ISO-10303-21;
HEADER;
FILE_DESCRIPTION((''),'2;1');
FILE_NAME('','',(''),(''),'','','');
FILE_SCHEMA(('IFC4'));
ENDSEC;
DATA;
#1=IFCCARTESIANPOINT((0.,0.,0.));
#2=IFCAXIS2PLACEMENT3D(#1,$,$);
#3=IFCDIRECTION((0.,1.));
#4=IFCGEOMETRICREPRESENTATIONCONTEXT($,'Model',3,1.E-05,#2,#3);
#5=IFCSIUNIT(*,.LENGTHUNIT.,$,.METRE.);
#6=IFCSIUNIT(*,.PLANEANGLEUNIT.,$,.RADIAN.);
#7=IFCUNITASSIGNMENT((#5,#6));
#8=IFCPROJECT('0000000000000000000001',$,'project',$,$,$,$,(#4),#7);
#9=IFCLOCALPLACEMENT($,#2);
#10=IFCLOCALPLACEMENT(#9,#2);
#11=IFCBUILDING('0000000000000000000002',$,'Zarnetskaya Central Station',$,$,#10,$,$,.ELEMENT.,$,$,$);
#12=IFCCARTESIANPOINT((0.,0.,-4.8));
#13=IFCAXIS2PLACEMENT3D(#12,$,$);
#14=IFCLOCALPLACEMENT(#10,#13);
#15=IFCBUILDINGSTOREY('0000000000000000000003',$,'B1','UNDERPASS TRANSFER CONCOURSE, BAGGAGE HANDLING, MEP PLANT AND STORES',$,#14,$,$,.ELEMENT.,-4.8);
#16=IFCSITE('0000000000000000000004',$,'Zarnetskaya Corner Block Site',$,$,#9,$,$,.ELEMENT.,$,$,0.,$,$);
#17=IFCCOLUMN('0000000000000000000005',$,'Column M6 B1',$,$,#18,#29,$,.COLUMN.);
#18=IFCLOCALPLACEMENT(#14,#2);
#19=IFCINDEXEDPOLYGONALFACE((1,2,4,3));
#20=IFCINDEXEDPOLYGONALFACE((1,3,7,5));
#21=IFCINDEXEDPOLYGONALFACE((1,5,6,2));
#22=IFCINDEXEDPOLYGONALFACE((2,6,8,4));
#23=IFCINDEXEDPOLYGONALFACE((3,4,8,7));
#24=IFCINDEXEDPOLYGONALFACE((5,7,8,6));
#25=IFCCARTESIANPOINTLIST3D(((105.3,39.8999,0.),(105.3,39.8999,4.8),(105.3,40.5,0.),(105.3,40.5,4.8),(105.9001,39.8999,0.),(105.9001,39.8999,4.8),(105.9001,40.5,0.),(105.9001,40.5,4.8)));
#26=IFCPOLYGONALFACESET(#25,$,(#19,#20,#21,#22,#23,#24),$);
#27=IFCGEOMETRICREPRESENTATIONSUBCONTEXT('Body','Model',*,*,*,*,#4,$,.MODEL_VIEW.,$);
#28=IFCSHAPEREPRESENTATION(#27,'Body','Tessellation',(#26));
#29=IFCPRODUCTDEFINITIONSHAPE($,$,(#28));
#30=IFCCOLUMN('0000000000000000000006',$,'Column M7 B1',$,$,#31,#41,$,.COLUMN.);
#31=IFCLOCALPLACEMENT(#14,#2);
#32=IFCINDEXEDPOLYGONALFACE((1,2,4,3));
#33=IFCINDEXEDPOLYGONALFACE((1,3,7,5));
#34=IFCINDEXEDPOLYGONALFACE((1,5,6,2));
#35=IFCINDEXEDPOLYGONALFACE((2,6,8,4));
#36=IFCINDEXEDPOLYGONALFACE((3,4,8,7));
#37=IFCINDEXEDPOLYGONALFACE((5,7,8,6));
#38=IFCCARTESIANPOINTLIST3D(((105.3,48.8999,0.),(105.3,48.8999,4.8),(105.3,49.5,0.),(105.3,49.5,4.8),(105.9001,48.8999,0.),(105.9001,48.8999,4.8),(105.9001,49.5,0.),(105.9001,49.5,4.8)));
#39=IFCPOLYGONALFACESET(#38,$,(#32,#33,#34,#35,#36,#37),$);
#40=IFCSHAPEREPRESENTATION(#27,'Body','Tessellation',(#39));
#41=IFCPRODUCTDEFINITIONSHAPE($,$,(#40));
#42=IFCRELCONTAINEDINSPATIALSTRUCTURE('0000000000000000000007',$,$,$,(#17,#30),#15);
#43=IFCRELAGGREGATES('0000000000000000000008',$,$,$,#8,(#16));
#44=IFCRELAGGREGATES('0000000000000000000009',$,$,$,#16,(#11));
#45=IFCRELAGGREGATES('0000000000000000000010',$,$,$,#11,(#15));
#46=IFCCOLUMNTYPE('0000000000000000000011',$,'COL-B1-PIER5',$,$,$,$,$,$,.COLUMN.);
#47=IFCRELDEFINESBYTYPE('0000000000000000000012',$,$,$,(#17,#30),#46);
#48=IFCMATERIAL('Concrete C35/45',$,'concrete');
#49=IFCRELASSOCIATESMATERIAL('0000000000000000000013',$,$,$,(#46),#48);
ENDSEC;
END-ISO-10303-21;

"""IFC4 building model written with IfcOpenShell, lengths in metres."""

from ifc_helpers import new_model, si_unit, direction, frame, origin, origin_2d, place, context, subcontext, project, spatial, rectangle, extrude, material, material_profile, profile_set, type_object, element, save


model = new_model("IFC4")

# Units and contexts
model_context = context("Model", 3, precision=1e-05, world=origin(), true_north=direction((0.0, 1.0)))
body_context = subcontext(model_context, "Body", "Model", "MODEL_VIEW")
ifc_project = project(units=[si_unit("LENGTHUNIT", "METRE"), si_unit("PLANEANGLEUNIT", "RADIAN")], contexts=[model_context])

# Site, building, storey
site_placement = place(None, origin())
site = spatial("IfcSite", under=ifc_project, at=site_placement, Name="Zarnetskaya Corner Block Site", CompositionType="ELEMENT", RefElevation=0.0)
building_placement = place(site_placement, origin())
building = spatial("IfcBuilding", under=site, at=building_placement, Name="Zarnetskaya Central Station", CompositionType="ELEMENT")
storey_placement = place(building_placement, frame((0.0, 0.0, -4.8)))
storey = spatial("IfcBuildingStorey", under=building, at=storey_placement, Name="B1", Description="UNDERPASS TRANSFER CONCOURSE, BAGGAGE HANDLING, MEP PLANT AND STORES", CompositionType="ELEMENT", Elevation=-4.8)

# Shared definitions
ifc_material = material(Name="Concrete C35/45", Category="concrete")

# Columns
ifc_material_profile_1 = material_profile(ifc_material, rectangle(XDim=0.6001, YDim=0.6001, at=origin_2d()), Name="RC 600x600")
ifc_profile_set_1 = profile_set([ifc_material_profile_1], Name="Concrete C35/45")
column_type = type_object("IfcColumnType", Name="COL-B1-PIER5", PredefinedType="COLUMN", material=ifc_profile_set_1)
for number, where, z_axis, x_axis, name in (
    (1, (105.6001, 40.2, 0.0), (0.0, 0.0, 1.0), (1.0, 0.0, 0.0), "Column M6 B1"),
    (2, (105.6001, 49.2, 0.0), (0.0, 0.0, 1.0), (1.0, 0.0, 0.0), "Column M7 B1"),
):
    element("IfcColumn", number, at=place(storey_placement, frame(where, z_axis=z_axis, x_axis=x_axis)), inside=storey, type_object=column_type, Name=name, PredefinedType="COLUMN", context=body_context, shape_type="SweptSolid", body=[
        extrude(rectangle(XDim=0.6001, YDim=0.6001, at=origin_2d()), origin(), (0.0, 0.0, 1.0), 4.8),
    ])

save(model, "model.ifc")
